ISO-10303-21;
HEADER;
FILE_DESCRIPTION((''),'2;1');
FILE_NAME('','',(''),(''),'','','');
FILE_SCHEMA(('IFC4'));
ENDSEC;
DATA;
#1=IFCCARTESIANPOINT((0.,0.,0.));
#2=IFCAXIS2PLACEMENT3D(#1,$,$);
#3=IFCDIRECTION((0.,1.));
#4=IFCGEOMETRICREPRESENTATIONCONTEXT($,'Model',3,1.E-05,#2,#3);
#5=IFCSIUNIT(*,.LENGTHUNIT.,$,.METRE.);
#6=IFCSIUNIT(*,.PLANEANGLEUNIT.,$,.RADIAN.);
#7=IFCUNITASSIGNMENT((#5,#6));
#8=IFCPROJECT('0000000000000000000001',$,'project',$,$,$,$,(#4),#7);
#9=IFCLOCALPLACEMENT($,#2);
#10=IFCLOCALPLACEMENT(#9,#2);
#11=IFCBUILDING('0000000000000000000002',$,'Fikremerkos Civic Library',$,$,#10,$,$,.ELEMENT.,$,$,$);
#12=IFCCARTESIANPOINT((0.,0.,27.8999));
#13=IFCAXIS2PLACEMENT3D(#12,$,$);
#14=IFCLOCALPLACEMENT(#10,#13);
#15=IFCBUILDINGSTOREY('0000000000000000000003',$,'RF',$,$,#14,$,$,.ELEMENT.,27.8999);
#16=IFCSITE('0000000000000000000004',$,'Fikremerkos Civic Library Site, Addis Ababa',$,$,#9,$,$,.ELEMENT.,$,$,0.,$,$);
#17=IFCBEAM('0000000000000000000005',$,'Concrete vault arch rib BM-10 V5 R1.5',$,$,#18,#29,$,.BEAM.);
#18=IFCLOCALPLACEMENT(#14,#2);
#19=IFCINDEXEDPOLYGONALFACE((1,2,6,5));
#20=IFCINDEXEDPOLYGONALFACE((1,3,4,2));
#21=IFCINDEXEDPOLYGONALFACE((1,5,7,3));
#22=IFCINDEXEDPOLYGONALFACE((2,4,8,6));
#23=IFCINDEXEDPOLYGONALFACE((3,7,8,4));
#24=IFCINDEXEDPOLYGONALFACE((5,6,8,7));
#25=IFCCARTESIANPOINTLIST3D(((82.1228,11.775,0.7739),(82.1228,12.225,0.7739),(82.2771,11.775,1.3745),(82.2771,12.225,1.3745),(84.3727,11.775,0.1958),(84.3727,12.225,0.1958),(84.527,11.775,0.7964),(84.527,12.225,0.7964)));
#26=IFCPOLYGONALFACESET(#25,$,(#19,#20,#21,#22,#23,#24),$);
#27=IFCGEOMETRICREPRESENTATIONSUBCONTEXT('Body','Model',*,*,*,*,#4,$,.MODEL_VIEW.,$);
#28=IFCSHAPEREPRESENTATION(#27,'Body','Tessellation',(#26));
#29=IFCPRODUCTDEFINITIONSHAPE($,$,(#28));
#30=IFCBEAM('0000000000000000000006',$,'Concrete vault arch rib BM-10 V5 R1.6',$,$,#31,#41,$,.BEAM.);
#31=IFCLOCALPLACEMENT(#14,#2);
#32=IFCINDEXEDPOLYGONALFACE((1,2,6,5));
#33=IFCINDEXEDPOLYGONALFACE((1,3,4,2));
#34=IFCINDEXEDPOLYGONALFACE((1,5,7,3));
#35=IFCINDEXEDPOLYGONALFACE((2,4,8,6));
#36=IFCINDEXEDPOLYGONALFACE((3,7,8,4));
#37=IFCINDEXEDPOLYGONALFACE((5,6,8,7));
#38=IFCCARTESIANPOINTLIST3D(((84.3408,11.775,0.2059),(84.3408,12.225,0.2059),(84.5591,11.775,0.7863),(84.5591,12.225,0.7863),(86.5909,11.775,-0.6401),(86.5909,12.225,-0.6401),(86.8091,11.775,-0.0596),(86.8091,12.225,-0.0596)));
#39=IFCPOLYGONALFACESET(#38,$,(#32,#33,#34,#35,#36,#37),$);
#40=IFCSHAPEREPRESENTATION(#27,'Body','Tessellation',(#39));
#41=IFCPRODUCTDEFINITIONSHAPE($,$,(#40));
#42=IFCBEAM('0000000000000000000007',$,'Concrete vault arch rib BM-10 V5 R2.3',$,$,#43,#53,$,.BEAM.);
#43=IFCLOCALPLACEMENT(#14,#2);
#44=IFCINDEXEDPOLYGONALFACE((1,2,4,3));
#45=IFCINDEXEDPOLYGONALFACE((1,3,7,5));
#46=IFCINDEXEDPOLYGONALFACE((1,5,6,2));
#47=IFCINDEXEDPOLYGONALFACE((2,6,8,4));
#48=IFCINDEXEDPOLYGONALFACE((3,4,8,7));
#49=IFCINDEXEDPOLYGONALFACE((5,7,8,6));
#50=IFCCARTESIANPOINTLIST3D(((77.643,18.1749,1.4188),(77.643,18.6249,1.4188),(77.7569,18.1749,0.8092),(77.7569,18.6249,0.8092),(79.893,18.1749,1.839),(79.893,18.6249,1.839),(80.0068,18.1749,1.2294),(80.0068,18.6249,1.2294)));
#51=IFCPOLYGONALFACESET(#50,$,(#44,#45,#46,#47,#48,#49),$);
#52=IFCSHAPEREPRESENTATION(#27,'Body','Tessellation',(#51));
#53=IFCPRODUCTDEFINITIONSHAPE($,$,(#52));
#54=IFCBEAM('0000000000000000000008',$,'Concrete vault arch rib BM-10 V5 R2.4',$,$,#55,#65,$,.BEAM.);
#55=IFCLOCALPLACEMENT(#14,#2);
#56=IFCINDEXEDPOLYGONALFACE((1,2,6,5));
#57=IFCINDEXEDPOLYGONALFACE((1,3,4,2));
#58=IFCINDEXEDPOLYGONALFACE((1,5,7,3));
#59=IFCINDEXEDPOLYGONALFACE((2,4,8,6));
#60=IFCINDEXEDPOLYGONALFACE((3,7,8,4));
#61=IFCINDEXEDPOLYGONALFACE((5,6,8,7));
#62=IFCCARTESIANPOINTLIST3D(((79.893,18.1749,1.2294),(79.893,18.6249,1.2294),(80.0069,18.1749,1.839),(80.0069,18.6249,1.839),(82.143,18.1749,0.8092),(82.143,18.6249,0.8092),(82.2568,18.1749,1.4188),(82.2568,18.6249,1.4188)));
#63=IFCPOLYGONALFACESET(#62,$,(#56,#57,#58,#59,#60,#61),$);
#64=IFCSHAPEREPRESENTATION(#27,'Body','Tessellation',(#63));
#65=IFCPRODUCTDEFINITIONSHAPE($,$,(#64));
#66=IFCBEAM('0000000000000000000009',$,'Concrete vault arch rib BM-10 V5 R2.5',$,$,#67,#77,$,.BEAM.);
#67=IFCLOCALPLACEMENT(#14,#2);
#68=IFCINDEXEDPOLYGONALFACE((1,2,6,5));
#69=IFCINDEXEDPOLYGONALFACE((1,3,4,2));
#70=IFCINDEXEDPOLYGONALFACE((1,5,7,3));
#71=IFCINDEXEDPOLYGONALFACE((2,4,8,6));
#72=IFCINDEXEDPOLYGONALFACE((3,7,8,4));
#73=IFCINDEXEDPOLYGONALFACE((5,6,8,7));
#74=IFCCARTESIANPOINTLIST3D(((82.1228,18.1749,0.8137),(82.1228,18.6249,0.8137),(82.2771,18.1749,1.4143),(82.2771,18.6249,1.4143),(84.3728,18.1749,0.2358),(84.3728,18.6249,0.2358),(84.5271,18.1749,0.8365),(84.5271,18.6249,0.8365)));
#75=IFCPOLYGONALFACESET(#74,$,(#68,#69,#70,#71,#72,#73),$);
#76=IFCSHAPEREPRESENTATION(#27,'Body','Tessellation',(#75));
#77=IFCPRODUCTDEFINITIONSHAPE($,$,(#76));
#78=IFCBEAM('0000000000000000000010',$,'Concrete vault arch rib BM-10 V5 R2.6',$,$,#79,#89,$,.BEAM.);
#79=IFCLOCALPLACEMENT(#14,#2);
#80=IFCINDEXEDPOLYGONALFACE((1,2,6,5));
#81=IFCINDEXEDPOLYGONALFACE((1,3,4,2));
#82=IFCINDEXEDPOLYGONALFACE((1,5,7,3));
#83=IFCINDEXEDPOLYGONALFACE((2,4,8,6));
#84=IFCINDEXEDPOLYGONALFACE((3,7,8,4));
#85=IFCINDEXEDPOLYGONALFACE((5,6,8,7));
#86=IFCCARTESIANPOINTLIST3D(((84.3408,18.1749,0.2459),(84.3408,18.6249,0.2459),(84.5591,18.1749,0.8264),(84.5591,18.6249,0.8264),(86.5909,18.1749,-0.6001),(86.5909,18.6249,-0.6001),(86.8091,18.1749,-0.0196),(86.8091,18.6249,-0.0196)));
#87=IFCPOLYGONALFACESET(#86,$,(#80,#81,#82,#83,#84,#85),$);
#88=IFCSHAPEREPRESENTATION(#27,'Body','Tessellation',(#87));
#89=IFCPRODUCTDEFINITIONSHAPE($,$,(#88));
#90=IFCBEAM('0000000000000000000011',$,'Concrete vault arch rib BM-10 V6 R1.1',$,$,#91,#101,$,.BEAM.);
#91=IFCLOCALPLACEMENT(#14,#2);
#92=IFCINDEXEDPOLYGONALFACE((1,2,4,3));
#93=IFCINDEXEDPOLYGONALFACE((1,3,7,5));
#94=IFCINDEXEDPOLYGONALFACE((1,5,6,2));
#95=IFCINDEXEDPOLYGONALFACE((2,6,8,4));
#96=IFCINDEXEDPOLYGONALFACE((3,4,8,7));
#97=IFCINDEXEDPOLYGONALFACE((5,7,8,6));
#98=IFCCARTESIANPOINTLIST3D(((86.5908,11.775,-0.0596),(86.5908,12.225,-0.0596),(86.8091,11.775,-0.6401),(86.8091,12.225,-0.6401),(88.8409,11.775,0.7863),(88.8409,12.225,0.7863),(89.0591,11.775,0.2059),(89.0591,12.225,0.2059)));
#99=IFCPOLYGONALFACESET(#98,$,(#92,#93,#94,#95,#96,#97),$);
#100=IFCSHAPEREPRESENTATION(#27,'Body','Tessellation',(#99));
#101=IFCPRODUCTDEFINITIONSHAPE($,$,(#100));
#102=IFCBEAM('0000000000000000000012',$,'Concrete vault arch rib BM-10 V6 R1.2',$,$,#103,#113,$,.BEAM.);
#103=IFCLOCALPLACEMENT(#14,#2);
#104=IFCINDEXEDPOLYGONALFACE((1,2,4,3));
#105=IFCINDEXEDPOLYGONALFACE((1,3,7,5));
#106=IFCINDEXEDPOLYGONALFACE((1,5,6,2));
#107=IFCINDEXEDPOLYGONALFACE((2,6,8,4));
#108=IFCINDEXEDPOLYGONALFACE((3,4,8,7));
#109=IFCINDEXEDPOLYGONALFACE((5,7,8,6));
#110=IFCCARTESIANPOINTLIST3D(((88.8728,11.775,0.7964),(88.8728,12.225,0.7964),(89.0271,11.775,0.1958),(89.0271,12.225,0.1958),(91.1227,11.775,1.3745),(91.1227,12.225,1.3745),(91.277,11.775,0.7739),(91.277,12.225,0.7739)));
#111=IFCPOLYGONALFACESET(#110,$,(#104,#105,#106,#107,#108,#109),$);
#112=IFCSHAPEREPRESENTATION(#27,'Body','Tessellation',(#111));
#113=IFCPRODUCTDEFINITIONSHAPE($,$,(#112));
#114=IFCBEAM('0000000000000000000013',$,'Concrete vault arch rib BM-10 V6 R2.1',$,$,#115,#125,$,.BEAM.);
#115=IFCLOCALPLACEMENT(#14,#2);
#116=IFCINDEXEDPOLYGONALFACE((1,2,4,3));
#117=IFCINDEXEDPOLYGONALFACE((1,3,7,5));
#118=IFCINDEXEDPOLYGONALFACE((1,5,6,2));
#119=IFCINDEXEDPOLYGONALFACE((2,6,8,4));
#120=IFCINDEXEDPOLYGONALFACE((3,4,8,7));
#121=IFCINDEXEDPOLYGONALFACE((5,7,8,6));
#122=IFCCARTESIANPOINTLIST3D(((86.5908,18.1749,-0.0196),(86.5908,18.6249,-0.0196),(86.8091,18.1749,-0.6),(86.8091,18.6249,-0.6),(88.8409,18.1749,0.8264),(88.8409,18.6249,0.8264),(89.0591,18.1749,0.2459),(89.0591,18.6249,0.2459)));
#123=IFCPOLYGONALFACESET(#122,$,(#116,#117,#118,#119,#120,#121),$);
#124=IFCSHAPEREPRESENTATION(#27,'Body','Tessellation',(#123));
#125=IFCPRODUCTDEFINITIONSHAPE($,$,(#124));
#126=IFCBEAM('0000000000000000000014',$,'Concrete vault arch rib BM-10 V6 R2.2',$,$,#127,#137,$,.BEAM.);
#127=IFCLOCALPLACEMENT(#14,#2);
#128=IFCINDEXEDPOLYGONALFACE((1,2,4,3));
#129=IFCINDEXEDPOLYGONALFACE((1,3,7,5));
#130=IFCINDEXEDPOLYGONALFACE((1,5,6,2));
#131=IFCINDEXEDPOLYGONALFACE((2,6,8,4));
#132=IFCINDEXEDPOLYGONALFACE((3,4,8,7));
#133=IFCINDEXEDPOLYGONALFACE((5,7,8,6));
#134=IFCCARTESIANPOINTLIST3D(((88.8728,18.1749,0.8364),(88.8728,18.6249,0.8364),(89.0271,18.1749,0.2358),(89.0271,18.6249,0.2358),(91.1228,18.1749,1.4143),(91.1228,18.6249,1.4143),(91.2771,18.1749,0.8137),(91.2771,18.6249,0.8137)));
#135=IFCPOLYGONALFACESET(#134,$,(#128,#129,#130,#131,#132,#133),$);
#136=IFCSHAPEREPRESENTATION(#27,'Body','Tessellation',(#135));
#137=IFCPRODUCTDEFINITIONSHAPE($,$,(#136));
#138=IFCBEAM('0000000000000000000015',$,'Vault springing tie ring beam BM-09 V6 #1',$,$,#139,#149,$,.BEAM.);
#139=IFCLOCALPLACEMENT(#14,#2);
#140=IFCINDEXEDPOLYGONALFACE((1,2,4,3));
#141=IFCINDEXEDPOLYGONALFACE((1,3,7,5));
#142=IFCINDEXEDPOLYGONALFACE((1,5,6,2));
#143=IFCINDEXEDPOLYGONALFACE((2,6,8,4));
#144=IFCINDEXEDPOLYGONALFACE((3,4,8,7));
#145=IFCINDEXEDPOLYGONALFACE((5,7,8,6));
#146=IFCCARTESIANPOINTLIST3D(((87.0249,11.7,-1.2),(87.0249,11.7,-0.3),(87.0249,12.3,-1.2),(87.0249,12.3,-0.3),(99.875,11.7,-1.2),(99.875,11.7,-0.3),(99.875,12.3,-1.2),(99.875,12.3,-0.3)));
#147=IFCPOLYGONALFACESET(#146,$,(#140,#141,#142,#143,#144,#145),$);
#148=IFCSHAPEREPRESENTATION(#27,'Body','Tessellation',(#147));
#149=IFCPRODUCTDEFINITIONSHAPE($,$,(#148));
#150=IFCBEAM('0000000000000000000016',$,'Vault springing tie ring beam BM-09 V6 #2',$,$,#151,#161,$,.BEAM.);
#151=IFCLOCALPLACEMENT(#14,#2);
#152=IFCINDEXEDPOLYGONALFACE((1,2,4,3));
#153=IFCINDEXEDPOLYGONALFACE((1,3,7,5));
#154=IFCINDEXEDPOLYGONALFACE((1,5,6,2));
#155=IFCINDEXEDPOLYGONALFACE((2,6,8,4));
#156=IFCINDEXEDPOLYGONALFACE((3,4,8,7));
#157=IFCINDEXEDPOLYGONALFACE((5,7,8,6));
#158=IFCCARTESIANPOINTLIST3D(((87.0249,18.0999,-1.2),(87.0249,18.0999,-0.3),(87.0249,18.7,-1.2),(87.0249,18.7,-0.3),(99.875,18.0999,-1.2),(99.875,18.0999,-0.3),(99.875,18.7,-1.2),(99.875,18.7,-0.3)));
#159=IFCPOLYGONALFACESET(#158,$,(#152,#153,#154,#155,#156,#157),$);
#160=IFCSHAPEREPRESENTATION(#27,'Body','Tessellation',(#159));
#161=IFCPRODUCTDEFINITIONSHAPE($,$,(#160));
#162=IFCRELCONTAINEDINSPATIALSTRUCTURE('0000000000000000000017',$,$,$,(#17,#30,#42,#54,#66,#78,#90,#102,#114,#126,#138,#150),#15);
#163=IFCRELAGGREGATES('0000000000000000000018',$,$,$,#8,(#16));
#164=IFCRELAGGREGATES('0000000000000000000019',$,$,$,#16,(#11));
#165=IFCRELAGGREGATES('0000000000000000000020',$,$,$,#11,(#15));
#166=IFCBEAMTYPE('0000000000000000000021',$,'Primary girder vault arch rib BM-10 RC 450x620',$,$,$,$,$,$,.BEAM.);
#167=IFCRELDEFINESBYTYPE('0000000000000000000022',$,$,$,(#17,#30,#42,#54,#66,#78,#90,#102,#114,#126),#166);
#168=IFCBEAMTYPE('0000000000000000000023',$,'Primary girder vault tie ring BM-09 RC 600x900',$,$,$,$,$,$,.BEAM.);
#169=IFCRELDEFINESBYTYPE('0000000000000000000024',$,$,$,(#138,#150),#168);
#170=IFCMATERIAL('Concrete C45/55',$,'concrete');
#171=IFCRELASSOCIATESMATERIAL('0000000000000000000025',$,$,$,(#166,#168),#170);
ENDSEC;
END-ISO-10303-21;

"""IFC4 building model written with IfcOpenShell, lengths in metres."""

from ifc_helpers import new_model, si_unit, direction, frame, origin, origin_2d, place, context, subcontext, project, spatial, rectangle, extrude, material, material_profile, profile_set, type_object, element, save


model = new_model("IFC4")

# Units and contexts
model_context = context("Model", 3, precision=1e-05, world=origin(), true_north=direction((0.0, 1.0)))
body_context = subcontext(model_context, "Body", "Model", "MODEL_VIEW")
ifc_project = project(units=[si_unit("LENGTHUNIT", "METRE"), si_unit("PLANEANGLEUNIT", "RADIAN")], contexts=[model_context])

# Site, building, storey
site_placement = place(None, origin())
site = spatial("IfcSite", under=ifc_project, at=site_placement, Name="Fikremerkos Civic Library Site, Addis Ababa", CompositionType="ELEMENT", RefElevation=0.0)
building_placement = place(site_placement, origin())
building = spatial("IfcBuilding", under=site, at=building_placement, Name="Fikremerkos Civic Library", CompositionType="ELEMENT")
storey_placement = place(building_placement, frame((0.0, 0.0, 27.8999)))
storey = spatial("IfcBuildingStorey", under=building, at=storey_placement, Name="RF", CompositionType="ELEMENT", Elevation=27.8999)

# Beams
ifc_material_1 = material(Name="Concrete C45/55", Category="concrete")
ifc_material_profile_1 = material_profile(ifc_material_1, rectangle(XDim=0.45, YDim=0.6201, at=origin_2d()), Name="RC 450x620")
ifc_profile_set_1 = profile_set([ifc_material_profile_1], Name="Concrete C45/55")
beam_type_1 = type_object("IfcBeamType", Name="Primary girder vault arch rib BM-10 RC 450x620", PredefinedType="BEAM", material=ifc_profile_set_1)
beam_1_placement = place(storey_placement, frame((82.2, 12.0, 1.0742), z_axis=(0.968539, 0.0, -0.248861), x_axis=(0.0, 1.0, 0.0)))
element("IfcBeam", 1, at=beam_1_placement, inside=storey, type_object=beam_type_1, Name="Concrete vault arch rib BM-10 V5 R1.5", PredefinedType="BEAM", context=body_context, shape_type="SweptSolid", body=[
    extrude(rectangle(XDim=0.45, YDim=0.6201, at=origin_2d()), origin(), (0.0, 0.0, 1.0), 2.323),
])
beam_2_placement = place(storey_placement, frame((84.45, 12.0, 0.4961), z_axis=(0.936028, 0.0, -0.351925), x_axis=(0.0, 1.0, 0.0)))
element("IfcBeam", 2, at=beam_2_placement, inside=storey, type_object=beam_type_1, Name="Concrete vault arch rib BM-10 V5 R1.6", PredefinedType="BEAM", context=body_context, shape_type="SweptSolid", body=[
    extrude(rectangle(XDim=0.45, YDim=0.6201, at=origin_2d()), origin(), (0.0, 0.0, 1.0), 2.4038),
])
for number, where, z_axis, x_axis, name in (
    (3, (77.7, 18.3999, 1.114), (0.983007, 0.0, 0.183567), (0.0, 1.0, 0.0), "Concrete vault arch rib BM-10 V5 R2.3"),
    (4, (79.95, 18.3999, 1.5342), (0.983007, 0.0, -0.183567), (0.0, 1.0, 0.0), "Concrete vault arch rib BM-10 V5 R2.4"),
):
    element("IfcBeam", number, at=place(storey_placement, frame(where, z_axis=z_axis, x_axis=x_axis)), inside=storey, type_object=beam_type_1, Name=name, PredefinedType="BEAM", context=body_context, shape_type="SweptSolid", body=[
        extrude(rectangle(XDim=0.45, YDim=0.6201, at=origin_2d()), origin(), (0.0, 0.0, 1.0), 2.2888),
    ])
beam_3_placement = place(storey_placement, frame((82.2, 18.3999, 1.114), z_axis=(0.968565, 0.0, -0.248762), x_axis=(0.0, 1.0, 0.0)))
element("IfcBeam", 5, at=beam_3_placement, inside=storey, type_object=beam_type_1, Name="Concrete vault arch rib BM-10 V5 R2.5", PredefinedType="BEAM", context=body_context, shape_type="SweptSolid", body=[
    extrude(rectangle(XDim=0.45, YDim=0.6201, at=origin_2d()), origin(), (0.0, 0.0, 1.0), 2.323),
])
for number, where, z_axis, x_axis, name in (
    (6, (84.45, 18.3999, 0.5361), (0.936028, 0.0, -0.351925), (0.0, 1.0, 0.0), "Concrete vault arch rib BM-10 V5 R2.6"),
    (7, (86.7, 12.0, -0.3499), (0.936028, 0.0, 0.351925), (0.0, 1.0, 0.0), "Concrete vault arch rib BM-10 V6 R1.1"),
):
    element("IfcBeam", number, at=place(storey_placement, frame(where, z_axis=z_axis, x_axis=x_axis)), inside=storey, type_object=beam_type_1, Name=name, PredefinedType="BEAM", context=body_context, shape_type="SweptSolid", body=[
        extrude(rectangle(XDim=0.45, YDim=0.6201, at=origin_2d()), origin(), (0.0, 0.0, 1.0), 2.4038),
    ])
beam_4_placement = place(storey_placement, frame((88.95, 12.0, 0.4961), z_axis=(0.968539, 0.0, 0.248861), x_axis=(0.0, 1.0, 0.0)))
element("IfcBeam", 8, at=beam_4_placement, inside=storey, type_object=beam_type_1, Name="Concrete vault arch rib BM-10 V6 R1.2", PredefinedType="BEAM", context=body_context, shape_type="SweptSolid", body=[
    extrude(rectangle(XDim=0.45, YDim=0.6201, at=origin_2d()), origin(), (0.0, 0.0, 1.0), 2.323),
])
beam_5_placement = place(storey_placement, frame((86.7, 18.3999, -0.3098), z_axis=(0.936028, 0.0, 0.351925), x_axis=(0.0, 1.0, 0.0)))
element("IfcBeam", 9, at=beam_5_placement, inside=storey, type_object=beam_type_1, Name="Concrete vault arch rib BM-10 V6 R2.1", PredefinedType="BEAM", context=body_context, shape_type="SweptSolid", body=[
    extrude(rectangle(XDim=0.45, YDim=0.6201, at=origin_2d()), origin(), (0.0, 0.0, 1.0), 2.4038),
])
beam_6_placement = place(storey_placement, frame((88.95, 18.3999, 0.5361), z_axis=(0.968565, 0.0, 0.248762), x_axis=(0.0, 1.0, 0.0)))
element("IfcBeam", 10, at=beam_6_placement, inside=storey, type_object=beam_type_1, Name="Concrete vault arch rib BM-10 V6 R2.2", PredefinedType="BEAM", context=body_context, shape_type="SweptSolid", body=[
    extrude(rectangle(XDim=0.45, YDim=0.6201, at=origin_2d()), origin(), (0.0, 0.0, 1.0), 2.323),
])
ifc_material_profile_2 = material_profile(ifc_material_1, rectangle(XDim=0.6001, YDim=0.8999, at=origin_2d()), Name="RC 600x900")
ifc_profile_set_2 = profile_set([ifc_material_profile_2], Name="Concrete C45/55")
beam_type_2 = type_object("IfcBeamType", Name="Primary girder vault tie ring BM-09 RC 600x900", PredefinedType="BEAM", material=ifc_profile_set_2)
for number, where, z_axis, x_axis, name in (
    (11, (87.0249, 12.0, -0.75), (1.0, 0.0, 0.0), (0.0, 1.0, 0.0), "Vault springing tie ring beam BM-09 V6 #1"),
    (12, (87.0249, 18.3999, -0.75), (1.0, 0.0, 0.0), (0.0, 1.0, 0.0), "Vault springing tie ring beam BM-09 V6 #2"),
):
    element("IfcBeam", number, at=place(storey_placement, frame(where, z_axis=z_axis, x_axis=x_axis)), inside=storey, type_object=beam_type_2, Name=name, PredefinedType="BEAM", context=body_context, shape_type="SweptSolid", body=[
        extrude(rectangle(XDim=0.6001, YDim=0.8999, at=origin_2d()), origin(), (0.0, 0.0, 1.0), 12.8501),
    ])

save(model, "model.ifc")
